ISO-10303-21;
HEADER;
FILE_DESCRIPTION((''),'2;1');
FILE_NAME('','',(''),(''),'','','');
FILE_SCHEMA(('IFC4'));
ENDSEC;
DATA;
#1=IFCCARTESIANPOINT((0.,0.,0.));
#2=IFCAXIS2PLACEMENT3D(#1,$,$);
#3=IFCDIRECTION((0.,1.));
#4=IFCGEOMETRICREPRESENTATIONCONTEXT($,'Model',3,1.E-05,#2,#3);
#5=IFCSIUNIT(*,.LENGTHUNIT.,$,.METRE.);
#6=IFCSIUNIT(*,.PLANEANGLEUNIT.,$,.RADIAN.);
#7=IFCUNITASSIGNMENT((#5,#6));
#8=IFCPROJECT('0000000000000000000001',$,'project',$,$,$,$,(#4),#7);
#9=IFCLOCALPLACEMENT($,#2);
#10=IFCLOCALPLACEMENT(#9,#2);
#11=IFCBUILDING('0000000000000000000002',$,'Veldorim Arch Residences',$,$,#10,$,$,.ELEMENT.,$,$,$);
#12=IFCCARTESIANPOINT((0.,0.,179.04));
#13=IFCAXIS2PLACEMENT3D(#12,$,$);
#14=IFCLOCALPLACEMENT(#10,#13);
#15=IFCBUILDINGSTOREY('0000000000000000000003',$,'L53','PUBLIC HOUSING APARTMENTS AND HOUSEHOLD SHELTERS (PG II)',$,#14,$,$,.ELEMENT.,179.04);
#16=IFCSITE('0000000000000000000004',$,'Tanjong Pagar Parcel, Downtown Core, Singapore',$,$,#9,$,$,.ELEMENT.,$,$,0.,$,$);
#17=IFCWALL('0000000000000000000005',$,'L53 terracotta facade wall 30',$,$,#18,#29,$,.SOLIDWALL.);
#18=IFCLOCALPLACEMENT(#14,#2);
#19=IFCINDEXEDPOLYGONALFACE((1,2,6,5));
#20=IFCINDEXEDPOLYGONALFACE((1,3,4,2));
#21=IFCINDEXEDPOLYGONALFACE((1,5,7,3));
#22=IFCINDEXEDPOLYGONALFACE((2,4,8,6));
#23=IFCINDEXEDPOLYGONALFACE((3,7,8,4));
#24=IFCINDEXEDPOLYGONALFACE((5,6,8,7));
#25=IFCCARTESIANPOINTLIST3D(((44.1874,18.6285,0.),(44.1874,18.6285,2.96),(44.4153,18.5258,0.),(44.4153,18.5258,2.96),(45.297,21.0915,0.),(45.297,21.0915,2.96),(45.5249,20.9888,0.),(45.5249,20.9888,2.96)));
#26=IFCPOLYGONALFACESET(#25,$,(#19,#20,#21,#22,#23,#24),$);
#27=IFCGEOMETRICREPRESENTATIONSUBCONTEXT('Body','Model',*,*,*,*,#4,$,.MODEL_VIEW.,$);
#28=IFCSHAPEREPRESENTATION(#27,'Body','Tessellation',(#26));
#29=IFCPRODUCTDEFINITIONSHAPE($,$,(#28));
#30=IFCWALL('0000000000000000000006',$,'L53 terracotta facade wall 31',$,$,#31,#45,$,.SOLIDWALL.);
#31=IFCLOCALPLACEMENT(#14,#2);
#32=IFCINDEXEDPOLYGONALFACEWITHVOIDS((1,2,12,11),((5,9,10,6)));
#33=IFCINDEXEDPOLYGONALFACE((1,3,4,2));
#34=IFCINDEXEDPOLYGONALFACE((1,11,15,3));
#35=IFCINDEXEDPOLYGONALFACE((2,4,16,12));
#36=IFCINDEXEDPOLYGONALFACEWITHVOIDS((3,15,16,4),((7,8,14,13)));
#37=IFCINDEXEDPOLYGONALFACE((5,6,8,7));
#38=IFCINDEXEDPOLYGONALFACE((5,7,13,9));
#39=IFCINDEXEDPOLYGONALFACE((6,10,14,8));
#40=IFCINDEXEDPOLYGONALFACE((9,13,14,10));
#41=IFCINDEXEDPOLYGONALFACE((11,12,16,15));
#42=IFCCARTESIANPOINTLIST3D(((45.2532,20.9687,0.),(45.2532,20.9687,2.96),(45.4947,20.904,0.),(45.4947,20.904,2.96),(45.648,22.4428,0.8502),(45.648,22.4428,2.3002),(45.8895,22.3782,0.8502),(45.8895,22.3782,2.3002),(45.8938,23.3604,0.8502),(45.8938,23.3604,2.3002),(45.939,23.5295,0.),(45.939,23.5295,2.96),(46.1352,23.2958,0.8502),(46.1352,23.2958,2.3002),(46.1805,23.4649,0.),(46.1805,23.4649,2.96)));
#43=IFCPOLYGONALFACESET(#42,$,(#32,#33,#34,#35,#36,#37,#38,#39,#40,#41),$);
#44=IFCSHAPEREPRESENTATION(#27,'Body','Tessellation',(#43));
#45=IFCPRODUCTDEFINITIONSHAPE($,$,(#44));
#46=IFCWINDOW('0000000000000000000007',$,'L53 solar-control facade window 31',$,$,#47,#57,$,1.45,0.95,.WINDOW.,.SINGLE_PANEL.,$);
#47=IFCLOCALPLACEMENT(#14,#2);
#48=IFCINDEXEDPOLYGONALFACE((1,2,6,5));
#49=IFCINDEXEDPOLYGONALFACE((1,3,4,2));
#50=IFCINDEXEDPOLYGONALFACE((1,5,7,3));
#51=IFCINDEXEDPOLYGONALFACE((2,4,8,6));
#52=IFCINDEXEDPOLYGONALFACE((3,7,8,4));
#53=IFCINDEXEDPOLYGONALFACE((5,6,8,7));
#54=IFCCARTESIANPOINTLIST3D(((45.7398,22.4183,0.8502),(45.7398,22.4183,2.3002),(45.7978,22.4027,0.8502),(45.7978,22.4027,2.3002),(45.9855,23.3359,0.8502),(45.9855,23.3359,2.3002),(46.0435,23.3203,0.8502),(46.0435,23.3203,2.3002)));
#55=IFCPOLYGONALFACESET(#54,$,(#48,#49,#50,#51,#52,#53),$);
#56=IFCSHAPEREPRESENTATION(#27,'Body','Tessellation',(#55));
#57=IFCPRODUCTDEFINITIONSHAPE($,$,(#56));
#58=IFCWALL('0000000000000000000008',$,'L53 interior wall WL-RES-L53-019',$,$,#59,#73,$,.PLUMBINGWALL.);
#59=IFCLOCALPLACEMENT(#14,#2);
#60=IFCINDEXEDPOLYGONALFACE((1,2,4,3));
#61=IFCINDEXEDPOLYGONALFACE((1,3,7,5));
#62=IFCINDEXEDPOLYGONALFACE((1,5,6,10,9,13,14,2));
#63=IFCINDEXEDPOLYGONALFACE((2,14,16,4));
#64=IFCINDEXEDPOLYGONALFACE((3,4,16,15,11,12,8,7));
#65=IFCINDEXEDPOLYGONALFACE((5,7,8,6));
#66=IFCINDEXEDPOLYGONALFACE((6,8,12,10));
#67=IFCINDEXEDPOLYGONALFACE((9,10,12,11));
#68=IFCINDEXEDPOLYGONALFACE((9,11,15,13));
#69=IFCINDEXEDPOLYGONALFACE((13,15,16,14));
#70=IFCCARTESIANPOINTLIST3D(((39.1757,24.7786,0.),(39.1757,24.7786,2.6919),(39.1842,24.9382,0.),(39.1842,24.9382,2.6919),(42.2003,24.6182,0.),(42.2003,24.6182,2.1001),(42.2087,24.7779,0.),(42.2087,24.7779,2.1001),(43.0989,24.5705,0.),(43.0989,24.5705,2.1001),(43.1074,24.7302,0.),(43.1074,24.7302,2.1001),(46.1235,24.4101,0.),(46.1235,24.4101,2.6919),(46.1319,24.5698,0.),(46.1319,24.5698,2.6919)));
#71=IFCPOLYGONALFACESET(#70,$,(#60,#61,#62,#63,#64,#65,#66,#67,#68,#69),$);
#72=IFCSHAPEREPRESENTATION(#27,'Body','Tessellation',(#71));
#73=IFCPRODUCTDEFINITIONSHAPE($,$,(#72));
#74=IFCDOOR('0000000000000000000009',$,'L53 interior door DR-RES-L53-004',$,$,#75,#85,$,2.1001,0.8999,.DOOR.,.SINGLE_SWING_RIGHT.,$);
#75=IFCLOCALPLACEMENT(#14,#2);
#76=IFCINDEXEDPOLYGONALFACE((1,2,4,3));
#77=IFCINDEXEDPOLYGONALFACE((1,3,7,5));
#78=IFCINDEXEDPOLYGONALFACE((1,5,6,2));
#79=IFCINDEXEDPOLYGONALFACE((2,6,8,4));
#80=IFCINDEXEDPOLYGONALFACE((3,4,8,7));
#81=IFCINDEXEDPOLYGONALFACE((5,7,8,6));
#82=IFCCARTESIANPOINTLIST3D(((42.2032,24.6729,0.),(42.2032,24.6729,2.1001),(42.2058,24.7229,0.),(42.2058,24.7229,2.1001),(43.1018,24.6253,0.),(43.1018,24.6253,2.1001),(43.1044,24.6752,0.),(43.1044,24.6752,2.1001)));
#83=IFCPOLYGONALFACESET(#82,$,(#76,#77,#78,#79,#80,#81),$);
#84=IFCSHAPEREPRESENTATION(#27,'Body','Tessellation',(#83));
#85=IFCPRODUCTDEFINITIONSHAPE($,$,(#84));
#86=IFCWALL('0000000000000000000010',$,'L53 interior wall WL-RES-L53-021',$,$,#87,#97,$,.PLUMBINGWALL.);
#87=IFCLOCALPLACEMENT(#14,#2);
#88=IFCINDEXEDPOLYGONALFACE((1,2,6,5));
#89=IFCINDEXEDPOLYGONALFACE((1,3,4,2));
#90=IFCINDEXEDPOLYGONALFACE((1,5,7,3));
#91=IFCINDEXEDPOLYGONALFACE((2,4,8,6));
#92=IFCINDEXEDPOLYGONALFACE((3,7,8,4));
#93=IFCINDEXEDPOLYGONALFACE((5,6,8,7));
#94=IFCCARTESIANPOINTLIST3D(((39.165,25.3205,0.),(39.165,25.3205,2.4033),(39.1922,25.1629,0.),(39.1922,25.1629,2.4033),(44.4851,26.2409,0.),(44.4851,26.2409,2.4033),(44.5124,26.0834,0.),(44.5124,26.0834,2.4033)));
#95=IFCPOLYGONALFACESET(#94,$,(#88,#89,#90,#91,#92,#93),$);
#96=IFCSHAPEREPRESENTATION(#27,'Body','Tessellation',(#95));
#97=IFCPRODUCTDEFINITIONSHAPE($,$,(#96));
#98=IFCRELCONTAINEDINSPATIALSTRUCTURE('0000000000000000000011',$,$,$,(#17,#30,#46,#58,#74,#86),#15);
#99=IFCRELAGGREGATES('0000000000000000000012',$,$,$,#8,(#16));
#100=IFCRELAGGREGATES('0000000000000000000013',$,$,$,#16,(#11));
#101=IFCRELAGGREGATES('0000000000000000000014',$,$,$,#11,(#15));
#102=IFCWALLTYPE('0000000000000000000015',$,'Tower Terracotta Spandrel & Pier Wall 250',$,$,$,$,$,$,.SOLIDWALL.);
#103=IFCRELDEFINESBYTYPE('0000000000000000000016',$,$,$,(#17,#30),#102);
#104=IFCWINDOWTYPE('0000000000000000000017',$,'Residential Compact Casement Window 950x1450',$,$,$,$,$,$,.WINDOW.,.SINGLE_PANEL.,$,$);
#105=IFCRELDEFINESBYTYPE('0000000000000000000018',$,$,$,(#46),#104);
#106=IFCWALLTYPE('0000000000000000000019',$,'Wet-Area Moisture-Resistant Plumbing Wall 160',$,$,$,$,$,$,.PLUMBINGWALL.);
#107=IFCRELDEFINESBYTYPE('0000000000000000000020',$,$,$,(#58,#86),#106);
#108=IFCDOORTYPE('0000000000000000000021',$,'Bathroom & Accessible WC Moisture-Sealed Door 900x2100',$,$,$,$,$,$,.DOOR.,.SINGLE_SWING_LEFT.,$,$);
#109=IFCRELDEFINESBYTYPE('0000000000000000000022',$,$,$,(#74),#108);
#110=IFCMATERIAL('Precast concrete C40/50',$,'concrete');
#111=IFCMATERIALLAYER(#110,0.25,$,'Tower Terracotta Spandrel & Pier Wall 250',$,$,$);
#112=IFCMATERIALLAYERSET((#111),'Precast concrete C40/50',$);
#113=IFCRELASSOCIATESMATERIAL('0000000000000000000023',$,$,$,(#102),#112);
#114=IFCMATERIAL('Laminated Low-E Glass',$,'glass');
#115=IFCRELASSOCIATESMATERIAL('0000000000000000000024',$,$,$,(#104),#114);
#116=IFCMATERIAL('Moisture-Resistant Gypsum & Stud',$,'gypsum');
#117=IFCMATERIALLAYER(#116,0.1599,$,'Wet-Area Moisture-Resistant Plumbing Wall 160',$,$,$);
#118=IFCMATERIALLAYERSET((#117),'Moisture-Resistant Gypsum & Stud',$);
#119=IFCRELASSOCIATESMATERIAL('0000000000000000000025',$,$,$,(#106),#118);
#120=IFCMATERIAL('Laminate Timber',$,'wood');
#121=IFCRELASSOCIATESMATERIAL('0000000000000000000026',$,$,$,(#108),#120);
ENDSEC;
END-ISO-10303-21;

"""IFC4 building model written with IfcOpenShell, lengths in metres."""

from ifc_helpers import new_model, si_unit, direction, frame, frame_2d, origin, place, context, subcontext, project, spatial, rectangle, extrude, material, layer, layer_set, type_object, element, fill, save


model = new_model("IFC4")

# Units and contexts
model_context = context("Model", 3, precision=1e-05, world=origin(), true_north=direction((0.0, 1.0)))
body_context = subcontext(model_context, "Body", "Model", "MODEL_VIEW")
ifc_project = project(units=[si_unit("LENGTHUNIT", "METRE"), si_unit("PLANEANGLEUNIT", "RADIAN")], contexts=[model_context])

# Site, building, storey
site_placement = place(None, origin())
site = spatial("IfcSite", under=ifc_project, at=site_placement, Name="Tanjong Pagar Parcel, Downtown Core, Singapore", CompositionType="ELEMENT", RefElevation=0.0)
building_placement = place(site_placement, origin())
building = spatial("IfcBuilding", under=site, at=building_placement, Name="Veldorim Arch Residences", CompositionType="ELEMENT")
storey_placement = place(building_placement, frame((0.0, 0.0, 179.04)))
storey = spatial("IfcBuildingStorey", under=building, at=storey_placement, Name="L53", Description="PUBLIC HOUSING APARTMENTS AND HOUSEHOLD SHELTERS (PG II)", CompositionType="ELEMENT", Elevation=179.04)

# Wall
ifc_material_1 = material(Name="Precast concrete C40/50", Category="concrete")
ifc_layer_1 = layer(ifc_material_1, 0.25, Name="Tower Terracotta Spandrel & Pier Wall 250")
ifc_layer_set_1 = layer_set([ifc_layer_1], Name="Precast concrete C40/50")
wall_type_1 = type_object("IfcWallType", Name="Tower Terracotta Spandrel & Pier Wall 250", PredefinedType="SOLIDWALL", material=ifc_layer_set_1)
wall_1_placement = place(storey_placement, frame((45.4109, 21.04, 0.0), z_axis=(0.0, 0.0, 1.0), x_axis=(-0.410737, -0.911754, 0.0)))
element("IfcWall", 1, at=wall_1_placement, inside=storey, type_object=wall_type_1, Name="L53 terracotta facade wall 30", PredefinedType="SOLIDWALL", context=body_context, shape_type="SweptSolid", body=[
    extrude(rectangle(XDim=2.7014, YDim=0.25, at=frame_2d((1.3506, 0.0))), origin(), (0.0, 0.0, 1.0), 2.96),
])

# Wall, opening, window
wall_2_placement = place(storey_placement, frame((46.0598, 23.4973, 0.0), z_axis=(0.0, 0.0, 1.0), x_axis=(-0.258689, -0.965961, 0.0)))
wall_2 = element("IfcWall", 2, at=wall_2_placement, inside=storey, type_object=wall_type_1, Name="L53 terracotta facade wall 31", PredefinedType="SOLIDWALL", context=body_context, shape_type="SweptSolid", body=[
    extrude(rectangle(XDim=2.6511, YDim=0.25, at=frame_2d((1.3257, 0.0))), origin(), (0.0, 0.0, 1.0), 2.96),
])
opening_1_placement = place(wall_2_placement, frame((0.175, 0.0, 0.8501)))
opening_1 = element("IfcOpeningElement", 3, at=opening_1_placement, cuts=wall_2, PredefinedType="OPENING", context=body_context, shape_type="SweptSolid", body=[
    extrude(rectangle(XDim=0.95, YDim=1.45, at=frame_2d((0.4751, 0.7251))), frame((0.0, 0.135, 0.0), z_axis=(0.0, -1.0, 0.0), x_axis=(1.0, 0.0, 0.0)), (0.0, 0.0, 1.0), 0.27),
])
ifc_material_2 = material(Name="Laminated Low-E Glass", Category="glass")
window_type = type_object("IfcWindowType", Name="Residential Compact Casement Window 950x1450", PartitioningType="SINGLE_PANEL", PredefinedType="WINDOW", material=ifc_material_2)
window_placement = place(opening_1_placement, origin())
window = element("IfcWindow", 4, at=window_placement, inside=storey, type_object=window_type, Name="L53 solar-control facade window 31", OverallHeight=1.45, OverallWidth=0.95, PartitioningType="SINGLE_PANEL", PredefinedType="WINDOW", context=body_context, shape_type="SweptSolid", body=[
    extrude(rectangle(XDim=0.95, YDim=1.45, at=frame_2d((0.4751, 0.7251))), frame((0.0, 0.03, 0.0), z_axis=(0.0, -1.0, 0.0), x_axis=(1.0, 0.0, 0.0)), (0.0, 0.0, 1.0), 0.0601),
])
fill(opening_1, window)

# Wall, opening, door
ifc_material_3 = material(Name="Moisture-Resistant Gypsum & Stud", Category="gypsum")
ifc_layer_2 = layer(ifc_material_3, 0.1599, Name="Wet-Area Moisture-Resistant Plumbing Wall 160")
ifc_layer_set_2 = layer_set([ifc_layer_2], Name="Moisture-Resistant Gypsum & Stud")
wall_type_2 = type_object("IfcWallType", Name="Wet-Area Moisture-Resistant Plumbing Wall 160", PredefinedType="PLUMBINGWALL", material=ifc_layer_set_2)
wall_3_placement = place(storey_placement, frame((39.1799, 24.8584, 0.0), z_axis=(0.0, 0.0, 1.0), x_axis=(0.998597, -0.052951, 0.0)))
wall_3 = element("IfcWall", 5, at=wall_3_placement, inside=storey, type_object=wall_type_2, Name="L53 interior wall WL-RES-L53-019", PredefinedType="PLUMBINGWALL", context=body_context, shape_type="SweptSolid", body=[
    extrude(rectangle(XDim=6.9575, YDim=0.1599, at=frame_2d((3.4788, 0.0))), origin(), (0.0, 0.0, 1.0), 2.6919),
])
opening_2_placement = place(wall_3_placement, frame((3.0288, 0.0, 0.0)))
opening_2 = element("IfcOpeningElement", 6, at=opening_2_placement, cuts=wall_3, PredefinedType="OPENING", context=body_context, shape_type="SweptSolid", body=[
    extrude(rectangle(XDim=0.8999, YDim=2.1001, at=frame_2d((0.45, 1.05))), frame((0.0, 0.0898, 0.0), z_axis=(0.0, -1.0, 0.0), x_axis=(1.0, 0.0, 0.0)), (0.0, 0.0, 1.0), 0.1799),
])
ifc_material_4 = material(Name="Laminate Timber", Category="wood")
door_type_1 = type_object("IfcDoorType", Name="Bathroom & Accessible WC Moisture-Sealed Door 900x2100", OperationType="SINGLE_SWING_LEFT", PredefinedType="DOOR", material=ifc_material_4)
door_1_placement = place(opening_2_placement, origin())
door_1 = element("IfcDoor", 7, at=door_1_placement, inside=storey, type_object=door_type_1, Name="L53 interior door DR-RES-L53-004", OperationType="SINGLE_SWING_RIGHT", OverallHeight=2.1001, OverallWidth=0.8999, PredefinedType="DOOR", context=body_context, shape_type="SweptSolid", body=[
    extrude(rectangle(XDim=0.8999, YDim=2.1001, at=frame_2d((0.45, 1.05))), frame((0.0, 0.0249, 0.0), z_axis=(0.0, -1.0, 0.0), x_axis=(1.0, 0.0, 0.0)), (0.0, 0.0, 1.0), 0.05),
])
fill(opening_2, door_1)

# Wall
wall_4_placement = place(storey_placement, frame((39.1785, 25.2417, 0.0), z_axis=(0.0, 0.0, 1.0), x_axis=(0.985362, 0.170475, 0.0)))
element("IfcWall", 8, at=wall_4_placement, inside=storey, type_object=wall_type_2, Name="L53 interior wall WL-RES-L53-021", PredefinedType="PLUMBINGWALL", context=body_context, shape_type="SweptSolid", body=[
    extrude(rectangle(XDim=5.3992, YDim=0.1599, at=frame_2d((2.6997, 0.0))), origin(), (0.0, 0.0, 1.0), 2.4033),
])

save(model, "model.ifc")
